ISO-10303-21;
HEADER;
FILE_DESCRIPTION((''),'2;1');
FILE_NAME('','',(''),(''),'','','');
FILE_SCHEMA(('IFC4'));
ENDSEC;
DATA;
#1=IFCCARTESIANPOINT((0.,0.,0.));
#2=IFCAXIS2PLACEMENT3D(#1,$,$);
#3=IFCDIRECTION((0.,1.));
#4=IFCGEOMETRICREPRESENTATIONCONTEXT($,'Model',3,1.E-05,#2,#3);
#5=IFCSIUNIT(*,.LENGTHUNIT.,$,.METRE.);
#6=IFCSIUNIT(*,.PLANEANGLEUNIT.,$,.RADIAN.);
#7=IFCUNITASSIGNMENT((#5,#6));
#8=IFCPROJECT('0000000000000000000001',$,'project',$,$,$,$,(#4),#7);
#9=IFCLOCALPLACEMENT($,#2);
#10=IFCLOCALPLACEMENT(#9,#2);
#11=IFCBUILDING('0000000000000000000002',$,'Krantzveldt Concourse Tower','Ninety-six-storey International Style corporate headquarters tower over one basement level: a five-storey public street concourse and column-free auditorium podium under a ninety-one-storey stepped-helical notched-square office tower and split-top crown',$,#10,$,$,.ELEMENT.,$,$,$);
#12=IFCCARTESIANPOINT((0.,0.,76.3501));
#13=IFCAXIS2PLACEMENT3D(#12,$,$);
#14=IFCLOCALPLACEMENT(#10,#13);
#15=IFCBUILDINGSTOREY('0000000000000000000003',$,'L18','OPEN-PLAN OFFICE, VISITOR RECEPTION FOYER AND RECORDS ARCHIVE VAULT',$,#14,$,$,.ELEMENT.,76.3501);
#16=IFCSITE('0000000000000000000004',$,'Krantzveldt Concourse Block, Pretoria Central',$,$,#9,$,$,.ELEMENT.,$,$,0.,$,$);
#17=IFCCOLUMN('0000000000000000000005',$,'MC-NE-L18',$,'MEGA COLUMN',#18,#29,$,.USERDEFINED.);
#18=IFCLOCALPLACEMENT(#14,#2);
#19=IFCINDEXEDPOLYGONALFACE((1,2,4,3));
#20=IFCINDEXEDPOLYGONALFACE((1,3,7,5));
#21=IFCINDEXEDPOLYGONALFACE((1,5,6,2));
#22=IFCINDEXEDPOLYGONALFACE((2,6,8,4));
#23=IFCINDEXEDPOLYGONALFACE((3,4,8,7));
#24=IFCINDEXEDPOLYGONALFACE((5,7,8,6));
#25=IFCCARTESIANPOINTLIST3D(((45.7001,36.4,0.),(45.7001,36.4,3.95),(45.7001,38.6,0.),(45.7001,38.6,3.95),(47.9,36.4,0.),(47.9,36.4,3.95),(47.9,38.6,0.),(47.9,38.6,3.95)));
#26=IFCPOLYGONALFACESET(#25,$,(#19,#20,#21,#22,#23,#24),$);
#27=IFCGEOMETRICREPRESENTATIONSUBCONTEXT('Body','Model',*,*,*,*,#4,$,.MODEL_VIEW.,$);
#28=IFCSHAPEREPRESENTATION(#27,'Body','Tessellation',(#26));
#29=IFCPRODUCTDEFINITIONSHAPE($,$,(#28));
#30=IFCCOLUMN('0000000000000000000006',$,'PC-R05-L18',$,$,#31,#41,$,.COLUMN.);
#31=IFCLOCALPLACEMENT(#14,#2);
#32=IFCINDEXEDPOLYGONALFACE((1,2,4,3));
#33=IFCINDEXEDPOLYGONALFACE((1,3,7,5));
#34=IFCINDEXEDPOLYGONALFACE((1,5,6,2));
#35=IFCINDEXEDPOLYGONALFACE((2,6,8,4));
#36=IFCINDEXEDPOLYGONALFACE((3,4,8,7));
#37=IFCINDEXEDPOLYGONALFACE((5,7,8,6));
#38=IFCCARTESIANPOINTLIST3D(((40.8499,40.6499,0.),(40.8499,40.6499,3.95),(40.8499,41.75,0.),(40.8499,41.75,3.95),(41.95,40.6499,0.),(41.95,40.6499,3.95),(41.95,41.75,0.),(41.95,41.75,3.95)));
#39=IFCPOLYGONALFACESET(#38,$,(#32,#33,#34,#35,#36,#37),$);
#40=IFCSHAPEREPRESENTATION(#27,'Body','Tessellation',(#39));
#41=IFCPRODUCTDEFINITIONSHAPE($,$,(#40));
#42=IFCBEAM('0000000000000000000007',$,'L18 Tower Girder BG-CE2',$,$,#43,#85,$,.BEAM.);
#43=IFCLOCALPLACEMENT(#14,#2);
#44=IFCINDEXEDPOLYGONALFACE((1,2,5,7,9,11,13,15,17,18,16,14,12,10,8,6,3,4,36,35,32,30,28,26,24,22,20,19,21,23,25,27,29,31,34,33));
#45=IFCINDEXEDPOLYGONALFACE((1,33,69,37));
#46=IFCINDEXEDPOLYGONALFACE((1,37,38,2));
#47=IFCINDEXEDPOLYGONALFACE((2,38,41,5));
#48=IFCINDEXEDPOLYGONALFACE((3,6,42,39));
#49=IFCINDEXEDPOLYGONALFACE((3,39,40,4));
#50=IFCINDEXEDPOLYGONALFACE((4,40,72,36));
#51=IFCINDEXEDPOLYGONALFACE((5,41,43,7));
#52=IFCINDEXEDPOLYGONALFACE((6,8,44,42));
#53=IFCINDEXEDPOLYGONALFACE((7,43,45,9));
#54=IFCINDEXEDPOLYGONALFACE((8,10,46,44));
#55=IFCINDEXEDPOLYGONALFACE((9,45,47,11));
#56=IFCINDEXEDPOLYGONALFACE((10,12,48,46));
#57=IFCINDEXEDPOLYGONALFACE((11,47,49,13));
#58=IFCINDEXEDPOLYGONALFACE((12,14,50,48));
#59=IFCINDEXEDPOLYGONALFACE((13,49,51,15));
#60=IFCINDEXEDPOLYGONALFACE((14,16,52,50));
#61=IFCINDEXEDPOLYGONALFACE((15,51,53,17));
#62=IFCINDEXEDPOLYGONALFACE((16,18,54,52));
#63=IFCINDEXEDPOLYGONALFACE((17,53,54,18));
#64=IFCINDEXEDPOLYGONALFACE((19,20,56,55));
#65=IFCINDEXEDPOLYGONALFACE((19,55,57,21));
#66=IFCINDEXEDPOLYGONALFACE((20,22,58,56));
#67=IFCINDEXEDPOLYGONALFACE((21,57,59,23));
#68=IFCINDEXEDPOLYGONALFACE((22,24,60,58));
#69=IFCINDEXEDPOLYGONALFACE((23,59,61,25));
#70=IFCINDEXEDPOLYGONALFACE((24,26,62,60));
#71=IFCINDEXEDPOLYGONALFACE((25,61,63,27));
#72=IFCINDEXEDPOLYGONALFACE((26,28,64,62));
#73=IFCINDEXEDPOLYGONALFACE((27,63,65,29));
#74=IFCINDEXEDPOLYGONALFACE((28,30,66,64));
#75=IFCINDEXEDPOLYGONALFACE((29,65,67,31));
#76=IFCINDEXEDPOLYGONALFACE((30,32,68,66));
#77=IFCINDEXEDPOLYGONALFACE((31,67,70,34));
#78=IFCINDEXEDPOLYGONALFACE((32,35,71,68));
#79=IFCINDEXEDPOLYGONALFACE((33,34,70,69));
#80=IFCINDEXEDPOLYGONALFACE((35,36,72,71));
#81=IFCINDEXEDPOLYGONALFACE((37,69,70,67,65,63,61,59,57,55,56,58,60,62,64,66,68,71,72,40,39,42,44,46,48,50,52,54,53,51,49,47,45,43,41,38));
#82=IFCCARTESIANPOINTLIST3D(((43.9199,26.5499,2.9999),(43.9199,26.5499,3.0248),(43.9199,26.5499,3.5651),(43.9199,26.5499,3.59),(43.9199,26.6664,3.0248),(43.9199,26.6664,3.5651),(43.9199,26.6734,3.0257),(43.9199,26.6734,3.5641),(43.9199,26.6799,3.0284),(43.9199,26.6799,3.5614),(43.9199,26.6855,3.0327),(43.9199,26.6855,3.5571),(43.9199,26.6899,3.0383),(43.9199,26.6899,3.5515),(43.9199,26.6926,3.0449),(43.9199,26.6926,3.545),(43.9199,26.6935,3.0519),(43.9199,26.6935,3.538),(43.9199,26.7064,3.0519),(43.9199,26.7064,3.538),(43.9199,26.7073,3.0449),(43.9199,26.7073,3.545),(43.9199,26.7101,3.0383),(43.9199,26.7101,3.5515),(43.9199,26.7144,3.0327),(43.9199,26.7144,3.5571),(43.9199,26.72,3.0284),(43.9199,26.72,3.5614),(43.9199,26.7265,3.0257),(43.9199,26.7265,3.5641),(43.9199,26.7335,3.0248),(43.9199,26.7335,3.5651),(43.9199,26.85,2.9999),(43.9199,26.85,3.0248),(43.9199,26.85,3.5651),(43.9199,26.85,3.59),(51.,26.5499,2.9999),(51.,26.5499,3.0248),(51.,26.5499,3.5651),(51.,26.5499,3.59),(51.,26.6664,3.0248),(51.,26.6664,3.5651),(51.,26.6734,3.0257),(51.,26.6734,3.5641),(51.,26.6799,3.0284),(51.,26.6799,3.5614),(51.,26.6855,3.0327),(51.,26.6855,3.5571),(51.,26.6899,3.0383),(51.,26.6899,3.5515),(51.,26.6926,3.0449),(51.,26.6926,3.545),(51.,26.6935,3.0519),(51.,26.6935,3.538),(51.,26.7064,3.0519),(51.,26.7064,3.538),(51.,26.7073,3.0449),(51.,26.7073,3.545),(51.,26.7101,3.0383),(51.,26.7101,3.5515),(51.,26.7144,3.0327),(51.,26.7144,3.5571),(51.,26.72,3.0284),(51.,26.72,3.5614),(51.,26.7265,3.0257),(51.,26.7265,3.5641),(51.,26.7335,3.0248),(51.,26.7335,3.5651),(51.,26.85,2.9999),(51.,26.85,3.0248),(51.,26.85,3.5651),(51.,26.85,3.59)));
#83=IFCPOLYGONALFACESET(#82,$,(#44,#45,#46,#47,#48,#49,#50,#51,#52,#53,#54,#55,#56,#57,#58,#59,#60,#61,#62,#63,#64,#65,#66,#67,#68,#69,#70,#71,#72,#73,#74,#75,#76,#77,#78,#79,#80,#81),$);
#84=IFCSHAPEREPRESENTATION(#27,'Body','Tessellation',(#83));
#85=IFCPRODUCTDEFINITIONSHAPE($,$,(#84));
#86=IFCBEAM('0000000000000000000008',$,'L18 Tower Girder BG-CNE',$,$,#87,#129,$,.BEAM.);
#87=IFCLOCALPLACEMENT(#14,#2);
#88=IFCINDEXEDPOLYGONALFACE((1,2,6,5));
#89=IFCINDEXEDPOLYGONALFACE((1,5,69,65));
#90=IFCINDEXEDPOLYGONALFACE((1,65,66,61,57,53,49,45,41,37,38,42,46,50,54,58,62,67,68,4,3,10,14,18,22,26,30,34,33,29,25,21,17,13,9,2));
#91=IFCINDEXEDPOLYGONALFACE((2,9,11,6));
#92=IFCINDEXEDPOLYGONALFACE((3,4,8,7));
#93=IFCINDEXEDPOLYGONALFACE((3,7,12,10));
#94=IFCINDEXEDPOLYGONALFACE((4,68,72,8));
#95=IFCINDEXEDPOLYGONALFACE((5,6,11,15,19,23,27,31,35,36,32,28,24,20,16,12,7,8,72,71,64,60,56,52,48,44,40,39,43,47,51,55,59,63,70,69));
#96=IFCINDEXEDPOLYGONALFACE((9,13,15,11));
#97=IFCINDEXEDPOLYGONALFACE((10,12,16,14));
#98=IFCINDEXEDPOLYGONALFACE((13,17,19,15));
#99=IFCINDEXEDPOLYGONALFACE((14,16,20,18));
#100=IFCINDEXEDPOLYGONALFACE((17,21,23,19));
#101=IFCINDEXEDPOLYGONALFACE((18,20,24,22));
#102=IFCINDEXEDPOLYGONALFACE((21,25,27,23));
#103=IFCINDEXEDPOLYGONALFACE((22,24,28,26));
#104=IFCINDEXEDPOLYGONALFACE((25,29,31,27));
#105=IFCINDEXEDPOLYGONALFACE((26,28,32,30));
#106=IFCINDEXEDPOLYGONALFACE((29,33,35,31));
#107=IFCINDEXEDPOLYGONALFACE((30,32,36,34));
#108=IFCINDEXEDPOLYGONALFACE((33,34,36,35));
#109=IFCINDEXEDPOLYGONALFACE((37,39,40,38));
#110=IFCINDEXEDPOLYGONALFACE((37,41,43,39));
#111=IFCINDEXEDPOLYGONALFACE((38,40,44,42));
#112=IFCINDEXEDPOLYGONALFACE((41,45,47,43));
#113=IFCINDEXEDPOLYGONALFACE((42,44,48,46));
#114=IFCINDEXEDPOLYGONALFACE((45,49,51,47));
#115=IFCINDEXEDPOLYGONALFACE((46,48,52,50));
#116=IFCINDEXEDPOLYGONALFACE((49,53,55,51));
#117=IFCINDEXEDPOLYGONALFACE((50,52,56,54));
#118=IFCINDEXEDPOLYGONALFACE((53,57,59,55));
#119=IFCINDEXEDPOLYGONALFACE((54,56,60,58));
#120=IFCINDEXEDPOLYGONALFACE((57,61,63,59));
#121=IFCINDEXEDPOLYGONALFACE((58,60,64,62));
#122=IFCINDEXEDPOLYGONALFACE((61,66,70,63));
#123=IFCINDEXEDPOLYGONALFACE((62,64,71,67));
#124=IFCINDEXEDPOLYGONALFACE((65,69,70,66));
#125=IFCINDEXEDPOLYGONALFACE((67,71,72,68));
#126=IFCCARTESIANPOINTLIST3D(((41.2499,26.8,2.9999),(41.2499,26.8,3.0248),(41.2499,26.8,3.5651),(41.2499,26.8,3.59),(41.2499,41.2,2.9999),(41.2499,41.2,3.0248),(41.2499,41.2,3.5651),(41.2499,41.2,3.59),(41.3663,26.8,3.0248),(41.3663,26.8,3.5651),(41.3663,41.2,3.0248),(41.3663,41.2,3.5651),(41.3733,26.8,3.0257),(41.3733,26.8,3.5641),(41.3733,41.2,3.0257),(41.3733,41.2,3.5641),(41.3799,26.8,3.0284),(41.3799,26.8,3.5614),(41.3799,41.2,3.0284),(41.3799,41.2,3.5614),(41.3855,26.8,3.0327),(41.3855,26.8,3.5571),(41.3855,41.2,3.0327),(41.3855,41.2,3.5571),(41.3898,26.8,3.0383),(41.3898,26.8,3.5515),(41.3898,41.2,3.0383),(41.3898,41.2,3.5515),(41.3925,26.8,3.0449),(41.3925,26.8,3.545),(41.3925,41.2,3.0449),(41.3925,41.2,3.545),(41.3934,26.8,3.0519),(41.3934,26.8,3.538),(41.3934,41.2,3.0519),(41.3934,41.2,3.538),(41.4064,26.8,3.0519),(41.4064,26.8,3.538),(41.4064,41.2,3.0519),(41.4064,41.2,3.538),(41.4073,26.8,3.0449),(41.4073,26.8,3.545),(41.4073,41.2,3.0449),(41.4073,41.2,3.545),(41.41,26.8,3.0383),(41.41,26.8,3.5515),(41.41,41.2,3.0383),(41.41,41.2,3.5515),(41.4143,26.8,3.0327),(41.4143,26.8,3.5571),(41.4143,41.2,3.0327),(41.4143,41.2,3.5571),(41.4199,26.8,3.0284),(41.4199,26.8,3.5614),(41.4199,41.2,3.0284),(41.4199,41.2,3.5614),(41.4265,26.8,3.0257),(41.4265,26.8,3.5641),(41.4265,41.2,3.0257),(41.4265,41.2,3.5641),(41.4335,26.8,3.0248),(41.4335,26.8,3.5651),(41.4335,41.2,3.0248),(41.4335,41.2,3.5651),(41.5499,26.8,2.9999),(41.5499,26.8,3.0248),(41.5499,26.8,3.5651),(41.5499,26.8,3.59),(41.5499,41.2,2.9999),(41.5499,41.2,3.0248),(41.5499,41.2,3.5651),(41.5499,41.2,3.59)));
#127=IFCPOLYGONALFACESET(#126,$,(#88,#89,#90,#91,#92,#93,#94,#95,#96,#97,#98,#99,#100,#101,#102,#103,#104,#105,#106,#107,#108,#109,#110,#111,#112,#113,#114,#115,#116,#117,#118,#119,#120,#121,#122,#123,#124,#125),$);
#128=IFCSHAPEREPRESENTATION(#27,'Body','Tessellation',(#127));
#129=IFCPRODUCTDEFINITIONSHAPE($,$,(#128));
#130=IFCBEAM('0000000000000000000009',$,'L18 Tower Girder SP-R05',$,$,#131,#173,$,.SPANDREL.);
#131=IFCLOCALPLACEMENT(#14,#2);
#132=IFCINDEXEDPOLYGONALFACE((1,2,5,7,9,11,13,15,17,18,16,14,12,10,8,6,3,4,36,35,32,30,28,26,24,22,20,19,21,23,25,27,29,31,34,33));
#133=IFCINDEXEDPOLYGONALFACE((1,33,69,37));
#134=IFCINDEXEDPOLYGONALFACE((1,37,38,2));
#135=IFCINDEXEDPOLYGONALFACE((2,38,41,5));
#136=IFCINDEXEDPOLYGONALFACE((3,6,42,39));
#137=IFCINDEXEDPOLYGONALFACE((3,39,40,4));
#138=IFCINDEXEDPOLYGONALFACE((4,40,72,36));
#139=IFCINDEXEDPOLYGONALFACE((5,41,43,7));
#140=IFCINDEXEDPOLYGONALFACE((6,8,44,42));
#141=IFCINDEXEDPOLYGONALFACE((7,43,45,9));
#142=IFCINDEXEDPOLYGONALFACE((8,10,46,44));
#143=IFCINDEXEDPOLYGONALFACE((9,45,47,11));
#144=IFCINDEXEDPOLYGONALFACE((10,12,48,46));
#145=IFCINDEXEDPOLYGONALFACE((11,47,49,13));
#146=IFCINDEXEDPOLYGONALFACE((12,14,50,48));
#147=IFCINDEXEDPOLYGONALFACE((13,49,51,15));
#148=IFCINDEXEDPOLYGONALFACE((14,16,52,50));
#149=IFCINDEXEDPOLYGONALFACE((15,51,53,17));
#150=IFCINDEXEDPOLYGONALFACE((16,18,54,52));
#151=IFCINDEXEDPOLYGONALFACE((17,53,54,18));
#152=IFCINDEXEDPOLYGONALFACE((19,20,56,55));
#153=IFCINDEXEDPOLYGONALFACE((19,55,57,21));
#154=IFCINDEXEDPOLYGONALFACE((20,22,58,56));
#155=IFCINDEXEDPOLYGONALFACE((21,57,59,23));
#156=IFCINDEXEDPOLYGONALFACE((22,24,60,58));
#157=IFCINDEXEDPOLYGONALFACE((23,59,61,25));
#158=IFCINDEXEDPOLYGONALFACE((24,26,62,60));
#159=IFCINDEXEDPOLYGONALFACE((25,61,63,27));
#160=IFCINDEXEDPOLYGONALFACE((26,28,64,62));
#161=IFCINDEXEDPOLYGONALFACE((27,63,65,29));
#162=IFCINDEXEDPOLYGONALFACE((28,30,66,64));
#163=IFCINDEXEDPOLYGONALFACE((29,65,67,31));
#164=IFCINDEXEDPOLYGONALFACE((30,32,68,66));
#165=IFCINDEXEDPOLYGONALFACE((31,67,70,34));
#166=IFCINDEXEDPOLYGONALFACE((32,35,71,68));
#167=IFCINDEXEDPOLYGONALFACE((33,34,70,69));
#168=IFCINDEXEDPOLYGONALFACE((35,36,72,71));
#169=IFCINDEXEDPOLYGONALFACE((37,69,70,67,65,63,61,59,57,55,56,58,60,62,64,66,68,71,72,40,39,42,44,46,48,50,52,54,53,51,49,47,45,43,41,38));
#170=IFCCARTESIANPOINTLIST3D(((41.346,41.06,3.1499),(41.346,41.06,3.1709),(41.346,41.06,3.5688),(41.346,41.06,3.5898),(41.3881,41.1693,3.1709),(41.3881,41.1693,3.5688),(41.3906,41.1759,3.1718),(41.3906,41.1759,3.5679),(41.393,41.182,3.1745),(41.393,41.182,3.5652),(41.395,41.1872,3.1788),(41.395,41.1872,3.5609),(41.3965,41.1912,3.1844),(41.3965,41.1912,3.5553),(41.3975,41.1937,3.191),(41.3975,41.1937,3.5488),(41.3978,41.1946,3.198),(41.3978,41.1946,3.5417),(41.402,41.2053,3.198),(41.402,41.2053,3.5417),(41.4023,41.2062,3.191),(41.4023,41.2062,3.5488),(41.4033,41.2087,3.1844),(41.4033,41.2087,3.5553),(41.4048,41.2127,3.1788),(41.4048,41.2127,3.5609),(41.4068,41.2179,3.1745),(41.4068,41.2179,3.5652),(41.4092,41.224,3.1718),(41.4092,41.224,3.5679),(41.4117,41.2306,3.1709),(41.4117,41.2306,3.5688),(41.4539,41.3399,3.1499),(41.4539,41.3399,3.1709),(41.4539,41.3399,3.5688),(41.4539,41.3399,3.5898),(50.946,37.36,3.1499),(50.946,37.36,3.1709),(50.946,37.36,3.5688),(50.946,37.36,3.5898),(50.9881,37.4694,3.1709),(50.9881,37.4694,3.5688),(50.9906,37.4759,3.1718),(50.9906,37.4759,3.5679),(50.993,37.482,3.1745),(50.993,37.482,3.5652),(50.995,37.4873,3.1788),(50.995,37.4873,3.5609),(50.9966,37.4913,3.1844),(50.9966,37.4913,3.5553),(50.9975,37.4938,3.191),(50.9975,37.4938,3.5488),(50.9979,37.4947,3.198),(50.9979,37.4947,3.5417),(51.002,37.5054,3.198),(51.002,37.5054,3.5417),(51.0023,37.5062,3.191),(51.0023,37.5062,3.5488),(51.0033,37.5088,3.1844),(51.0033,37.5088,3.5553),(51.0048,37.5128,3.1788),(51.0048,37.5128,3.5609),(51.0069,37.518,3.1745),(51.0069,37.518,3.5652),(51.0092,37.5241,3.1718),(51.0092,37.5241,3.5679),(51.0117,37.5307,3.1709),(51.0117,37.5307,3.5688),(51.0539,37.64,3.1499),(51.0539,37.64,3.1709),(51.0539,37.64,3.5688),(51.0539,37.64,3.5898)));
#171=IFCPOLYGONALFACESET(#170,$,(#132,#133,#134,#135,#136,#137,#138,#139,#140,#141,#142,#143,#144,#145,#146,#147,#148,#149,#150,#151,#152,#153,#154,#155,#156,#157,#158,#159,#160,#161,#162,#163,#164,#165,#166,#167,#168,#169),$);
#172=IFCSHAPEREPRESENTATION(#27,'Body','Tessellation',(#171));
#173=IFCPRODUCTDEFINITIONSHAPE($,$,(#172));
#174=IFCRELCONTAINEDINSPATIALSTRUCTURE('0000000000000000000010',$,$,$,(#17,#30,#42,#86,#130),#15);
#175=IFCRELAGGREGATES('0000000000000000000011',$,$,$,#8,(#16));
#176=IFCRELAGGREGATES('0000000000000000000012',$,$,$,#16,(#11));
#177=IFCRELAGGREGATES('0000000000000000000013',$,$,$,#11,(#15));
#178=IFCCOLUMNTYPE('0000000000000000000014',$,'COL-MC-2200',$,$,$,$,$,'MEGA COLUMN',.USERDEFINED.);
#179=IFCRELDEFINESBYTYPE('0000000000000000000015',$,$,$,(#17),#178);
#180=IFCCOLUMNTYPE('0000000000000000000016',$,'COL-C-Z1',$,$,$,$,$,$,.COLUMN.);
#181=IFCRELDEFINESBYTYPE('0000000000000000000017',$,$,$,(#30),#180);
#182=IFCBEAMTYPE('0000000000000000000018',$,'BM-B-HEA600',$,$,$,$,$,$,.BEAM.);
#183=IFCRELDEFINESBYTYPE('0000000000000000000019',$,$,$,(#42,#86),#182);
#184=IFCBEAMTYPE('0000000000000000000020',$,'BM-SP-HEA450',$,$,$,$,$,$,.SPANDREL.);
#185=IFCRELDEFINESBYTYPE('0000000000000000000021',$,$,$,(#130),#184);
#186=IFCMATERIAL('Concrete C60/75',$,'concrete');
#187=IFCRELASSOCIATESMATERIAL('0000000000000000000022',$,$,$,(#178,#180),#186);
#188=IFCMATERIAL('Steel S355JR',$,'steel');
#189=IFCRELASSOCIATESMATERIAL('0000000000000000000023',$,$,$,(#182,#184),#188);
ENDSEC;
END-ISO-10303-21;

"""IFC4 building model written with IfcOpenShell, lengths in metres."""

from ifc_helpers import new_model, si_unit, direction, frame, origin, origin_2d, place, context, subcontext, project, spatial, rectangle, i_section, extrude, source, transform, mapped, material, material_profile, profile_set, type_object, type_shapes, element, save


model = new_model("IFC4")

# Units and contexts
model_context = context("Model", 3, precision=1e-05, world=origin(), true_north=direction((0.0, 1.0)))
body_context = subcontext(model_context, "Body", "Model", "MODEL_VIEW")
ifc_project = project(units=[si_unit("LENGTHUNIT", "METRE"), si_unit("PLANEANGLEUNIT", "RADIAN")], contexts=[model_context])

# Site, building, storey
site_placement = place(None, origin())
site = spatial("IfcSite", under=ifc_project, at=site_placement, Name="Krantzveldt Concourse Block, Pretoria Central", CompositionType="ELEMENT", RefElevation=0.0)
building_placement = place(site_placement, origin())
building = spatial("IfcBuilding", under=site, at=building_placement, Name="Krantzveldt Concourse Tower", Description="Ninety-six-storey International Style corporate headquarters tower over one basement level: a five-storey public street concourse and column-free auditorium podium under a ninety-one-storey stepped-helical notched-square office tower and split-top crown", CompositionType="ELEMENT")
storey_placement = place(building_placement, frame((0.0, 0.0, 76.3501)))
storey = spatial("IfcBuildingStorey", under=building, at=storey_placement, Name="L18", Description="OPEN-PLAN OFFICE, VISITOR RECEPTION FOYER AND RECORDS ARCHIVE VAULT", CompositionType="ELEMENT", Elevation=76.3501)

# Columns
ifc_material_1 = material(Name="Concrete C60/75", Category="concrete")
ifc_material_profile_1 = material_profile(ifc_material_1, rectangle(XDim=2.2, YDim=2.2, at=origin_2d()), Name="Concrete C60/75", Category="concrete")
ifc_profile_set_1 = profile_set([ifc_material_profile_1], Name="Concrete C60/75 - RC 2200x2200")
column_type_1 = type_object("IfcColumnType", Name="COL-MC-2200", ElementType="MEGA COLUMN", PredefinedType="USERDEFINED", material=ifc_profile_set_1)
shared_shape_1 = source(origin(), body_context, "Body", "SweptSolid", [
    extrude(rectangle(XDim=2.2, YDim=2.2, at=origin_2d()), origin(), (0.0, 0.0, 1.0), 3.95),
])
type_shapes(column_type_1, [shared_shape_1])
column_1_placement = place(storey_placement, frame((46.8, 37.5, 0.0), z_axis=(0.0, 0.0, 1.0), x_axis=(1.0, 0.0, 0.0)))
element("IfcColumn", 1, at=column_1_placement, inside=storey, type_object=column_type_1, Name="MC-NE-L18", ObjectType="MEGA COLUMN", PredefinedType="USERDEFINED", context=body_context, shape_type="MappedRepresentation", body=[
    mapped(shared_shape_1, transform((0.0, 0.0, 0.0), x_axis=(1.0, 0.0, 0.0), y_axis=(0.0, 1.0, 0.0), z_axis=(0.0, 0.0, 1.0), scale=1.0)),
])
ifc_material_profile_2 = material_profile(ifc_material_1, rectangle(XDim=1.1001, YDim=1.1001, at=origin_2d()), Name="Concrete C60/75", Category="concrete")
ifc_profile_set_2 = profile_set([ifc_material_profile_2], Name="Concrete C60/75 - RC 1100x1100")
column_type_2 = type_object("IfcColumnType", Name="COL-C-Z1", PredefinedType="COLUMN", material=ifc_profile_set_2)
shared_shape_2 = source(origin(), body_context, "Body", "SweptSolid", [
    extrude(rectangle(XDim=1.1001, YDim=1.1001, at=origin_2d()), origin(), (0.0, 0.0, 1.0), 3.95),
])
type_shapes(column_type_2, [shared_shape_2])
column_2_placement = place(storey_placement, frame((41.3999, 41.2, 0.0), z_axis=(0.0, 0.0, 1.0), x_axis=(1.0, 0.0, 0.0)))
element("IfcColumn", 2, at=column_2_placement, inside=storey, type_object=column_type_2, Name="PC-R05-L18", PredefinedType="COLUMN", context=body_context, shape_type="MappedRepresentation", body=[
    mapped(shared_shape_2, transform((0.0, 0.0, 0.0), x_axis=(1.0, 0.0, 0.0), y_axis=(0.0, 1.0, 0.0), z_axis=(0.0, 0.0, 1.0), scale=1.0)),
])

# Beams
ifc_material_2 = material(Name="Steel S355JR", Category="steel")
ifc_material_profile_3 = material_profile(ifc_material_2, i_section(OverallWidth=0.3, OverallDepth=0.5901, WebThickness=0.0129, FlangeThickness=0.0249, FilletRadius=0.0271, at=origin_2d()), Name="Steel S355JR", Category="steel")
ifc_profile_set_3 = profile_set([ifc_material_profile_3], Name="Steel S355JR - HEA 600")
beam_type_1 = type_object("IfcBeamType", Name="BM-B-HEA600", PredefinedType="BEAM", material=ifc_profile_set_3)
shared_shape_3 = source(origin(), body_context, "Body", "SweptSolid", [
    extrude(i_section(OverallWidth=0.3, OverallDepth=0.5901, WebThickness=0.0129, FlangeThickness=0.0249, FilletRadius=0.0271, at=origin_2d()), origin(), (0.0, 0.0, 1.0), 7.0801),
])
beam_1_placement = place(storey_placement, frame((43.9199, 26.7, 3.2949), z_axis=(1.0, 0.0, 0.0), x_axis=(0.0, 1.0, 0.0)))
element("IfcBeam", 3, at=beam_1_placement, inside=storey, type_object=beam_type_1, Name="L18 Tower Girder BG-CE2", PredefinedType="BEAM", context=body_context, shape_type="MappedRepresentation", body=[
    mapped(shared_shape_3, transform((0.0, 0.0, 0.0), x_axis=(1.0, 0.0, 0.0), y_axis=(0.0, 1.0, 0.0), z_axis=(0.0, 0.0, 1.0), scale=1.0)),
])
shared_shape_4 = source(origin(), body_context, "Body", "SweptSolid", [
    extrude(i_section(OverallWidth=0.3, OverallDepth=0.5901, WebThickness=0.0129, FlangeThickness=0.0249, FilletRadius=0.0271, at=origin_2d()), origin(), (0.0, 0.0, 1.0), 14.3999),
])
beam_2_placement = place(storey_placement, frame((41.3999, 26.8, 3.2949), z_axis=(0.0, 1.0, 0.0), x_axis=(-1.0, 0.0, 0.0)))
element("IfcBeam", 4, at=beam_2_placement, inside=storey, type_object=beam_type_1, Name="L18 Tower Girder BG-CNE", PredefinedType="BEAM", context=body_context, shape_type="MappedRepresentation", body=[
    mapped(shared_shape_4, transform((0.0, 0.0, 0.0), x_axis=(1.0, 0.0, 0.0), y_axis=(0.0, 1.0, 0.0), z_axis=(0.0, 0.0, 1.0), scale=1.0)),
])
ifc_material_profile_4 = material_profile(ifc_material_2, i_section(OverallWidth=0.3, OverallDepth=0.4399, WebThickness=0.0115, FlangeThickness=0.021, FilletRadius=0.0271, at=origin_2d()), Name="Steel S355JR", Category="steel")
ifc_profile_set_4 = profile_set([ifc_material_profile_4], Name="Steel S355JR - HEA 450")
beam_type_2 = type_object("IfcBeamType", Name="BM-SP-HEA450", PredefinedType="SPANDREL", material=ifc_profile_set_4)
shared_shape_5 = source(origin(), body_context, "Body", "SweptSolid", [
    extrude(i_section(OverallWidth=0.3, OverallDepth=0.4399, WebThickness=0.0115, FlangeThickness=0.021, FilletRadius=0.0271, at=origin_2d()), origin(), (0.0, 0.0, 1.0), 10.2883),
])
type_shapes(beam_type_2, [shared_shape_5])
beam_3_placement = place(storey_placement, frame((41.3999, 41.2, 3.3699), z_axis=(0.933098, -0.359623, 0.0), x_axis=(0.359623, 0.933098, 0.0)))
element("IfcBeam", 5, at=beam_3_placement, inside=storey, type_object=beam_type_2, Name="L18 Tower Girder SP-R05", PredefinedType="SPANDREL", context=body_context, shape_type="MappedRepresentation", body=[
    mapped(shared_shape_5, transform((0.0, 0.0, 0.0), x_axis=(1.0, 0.0, 0.0), y_axis=(0.0, 1.0, 0.0), z_axis=(0.0, 0.0, 1.0), scale=1.0)),
])

save(model, "model.ifc")
